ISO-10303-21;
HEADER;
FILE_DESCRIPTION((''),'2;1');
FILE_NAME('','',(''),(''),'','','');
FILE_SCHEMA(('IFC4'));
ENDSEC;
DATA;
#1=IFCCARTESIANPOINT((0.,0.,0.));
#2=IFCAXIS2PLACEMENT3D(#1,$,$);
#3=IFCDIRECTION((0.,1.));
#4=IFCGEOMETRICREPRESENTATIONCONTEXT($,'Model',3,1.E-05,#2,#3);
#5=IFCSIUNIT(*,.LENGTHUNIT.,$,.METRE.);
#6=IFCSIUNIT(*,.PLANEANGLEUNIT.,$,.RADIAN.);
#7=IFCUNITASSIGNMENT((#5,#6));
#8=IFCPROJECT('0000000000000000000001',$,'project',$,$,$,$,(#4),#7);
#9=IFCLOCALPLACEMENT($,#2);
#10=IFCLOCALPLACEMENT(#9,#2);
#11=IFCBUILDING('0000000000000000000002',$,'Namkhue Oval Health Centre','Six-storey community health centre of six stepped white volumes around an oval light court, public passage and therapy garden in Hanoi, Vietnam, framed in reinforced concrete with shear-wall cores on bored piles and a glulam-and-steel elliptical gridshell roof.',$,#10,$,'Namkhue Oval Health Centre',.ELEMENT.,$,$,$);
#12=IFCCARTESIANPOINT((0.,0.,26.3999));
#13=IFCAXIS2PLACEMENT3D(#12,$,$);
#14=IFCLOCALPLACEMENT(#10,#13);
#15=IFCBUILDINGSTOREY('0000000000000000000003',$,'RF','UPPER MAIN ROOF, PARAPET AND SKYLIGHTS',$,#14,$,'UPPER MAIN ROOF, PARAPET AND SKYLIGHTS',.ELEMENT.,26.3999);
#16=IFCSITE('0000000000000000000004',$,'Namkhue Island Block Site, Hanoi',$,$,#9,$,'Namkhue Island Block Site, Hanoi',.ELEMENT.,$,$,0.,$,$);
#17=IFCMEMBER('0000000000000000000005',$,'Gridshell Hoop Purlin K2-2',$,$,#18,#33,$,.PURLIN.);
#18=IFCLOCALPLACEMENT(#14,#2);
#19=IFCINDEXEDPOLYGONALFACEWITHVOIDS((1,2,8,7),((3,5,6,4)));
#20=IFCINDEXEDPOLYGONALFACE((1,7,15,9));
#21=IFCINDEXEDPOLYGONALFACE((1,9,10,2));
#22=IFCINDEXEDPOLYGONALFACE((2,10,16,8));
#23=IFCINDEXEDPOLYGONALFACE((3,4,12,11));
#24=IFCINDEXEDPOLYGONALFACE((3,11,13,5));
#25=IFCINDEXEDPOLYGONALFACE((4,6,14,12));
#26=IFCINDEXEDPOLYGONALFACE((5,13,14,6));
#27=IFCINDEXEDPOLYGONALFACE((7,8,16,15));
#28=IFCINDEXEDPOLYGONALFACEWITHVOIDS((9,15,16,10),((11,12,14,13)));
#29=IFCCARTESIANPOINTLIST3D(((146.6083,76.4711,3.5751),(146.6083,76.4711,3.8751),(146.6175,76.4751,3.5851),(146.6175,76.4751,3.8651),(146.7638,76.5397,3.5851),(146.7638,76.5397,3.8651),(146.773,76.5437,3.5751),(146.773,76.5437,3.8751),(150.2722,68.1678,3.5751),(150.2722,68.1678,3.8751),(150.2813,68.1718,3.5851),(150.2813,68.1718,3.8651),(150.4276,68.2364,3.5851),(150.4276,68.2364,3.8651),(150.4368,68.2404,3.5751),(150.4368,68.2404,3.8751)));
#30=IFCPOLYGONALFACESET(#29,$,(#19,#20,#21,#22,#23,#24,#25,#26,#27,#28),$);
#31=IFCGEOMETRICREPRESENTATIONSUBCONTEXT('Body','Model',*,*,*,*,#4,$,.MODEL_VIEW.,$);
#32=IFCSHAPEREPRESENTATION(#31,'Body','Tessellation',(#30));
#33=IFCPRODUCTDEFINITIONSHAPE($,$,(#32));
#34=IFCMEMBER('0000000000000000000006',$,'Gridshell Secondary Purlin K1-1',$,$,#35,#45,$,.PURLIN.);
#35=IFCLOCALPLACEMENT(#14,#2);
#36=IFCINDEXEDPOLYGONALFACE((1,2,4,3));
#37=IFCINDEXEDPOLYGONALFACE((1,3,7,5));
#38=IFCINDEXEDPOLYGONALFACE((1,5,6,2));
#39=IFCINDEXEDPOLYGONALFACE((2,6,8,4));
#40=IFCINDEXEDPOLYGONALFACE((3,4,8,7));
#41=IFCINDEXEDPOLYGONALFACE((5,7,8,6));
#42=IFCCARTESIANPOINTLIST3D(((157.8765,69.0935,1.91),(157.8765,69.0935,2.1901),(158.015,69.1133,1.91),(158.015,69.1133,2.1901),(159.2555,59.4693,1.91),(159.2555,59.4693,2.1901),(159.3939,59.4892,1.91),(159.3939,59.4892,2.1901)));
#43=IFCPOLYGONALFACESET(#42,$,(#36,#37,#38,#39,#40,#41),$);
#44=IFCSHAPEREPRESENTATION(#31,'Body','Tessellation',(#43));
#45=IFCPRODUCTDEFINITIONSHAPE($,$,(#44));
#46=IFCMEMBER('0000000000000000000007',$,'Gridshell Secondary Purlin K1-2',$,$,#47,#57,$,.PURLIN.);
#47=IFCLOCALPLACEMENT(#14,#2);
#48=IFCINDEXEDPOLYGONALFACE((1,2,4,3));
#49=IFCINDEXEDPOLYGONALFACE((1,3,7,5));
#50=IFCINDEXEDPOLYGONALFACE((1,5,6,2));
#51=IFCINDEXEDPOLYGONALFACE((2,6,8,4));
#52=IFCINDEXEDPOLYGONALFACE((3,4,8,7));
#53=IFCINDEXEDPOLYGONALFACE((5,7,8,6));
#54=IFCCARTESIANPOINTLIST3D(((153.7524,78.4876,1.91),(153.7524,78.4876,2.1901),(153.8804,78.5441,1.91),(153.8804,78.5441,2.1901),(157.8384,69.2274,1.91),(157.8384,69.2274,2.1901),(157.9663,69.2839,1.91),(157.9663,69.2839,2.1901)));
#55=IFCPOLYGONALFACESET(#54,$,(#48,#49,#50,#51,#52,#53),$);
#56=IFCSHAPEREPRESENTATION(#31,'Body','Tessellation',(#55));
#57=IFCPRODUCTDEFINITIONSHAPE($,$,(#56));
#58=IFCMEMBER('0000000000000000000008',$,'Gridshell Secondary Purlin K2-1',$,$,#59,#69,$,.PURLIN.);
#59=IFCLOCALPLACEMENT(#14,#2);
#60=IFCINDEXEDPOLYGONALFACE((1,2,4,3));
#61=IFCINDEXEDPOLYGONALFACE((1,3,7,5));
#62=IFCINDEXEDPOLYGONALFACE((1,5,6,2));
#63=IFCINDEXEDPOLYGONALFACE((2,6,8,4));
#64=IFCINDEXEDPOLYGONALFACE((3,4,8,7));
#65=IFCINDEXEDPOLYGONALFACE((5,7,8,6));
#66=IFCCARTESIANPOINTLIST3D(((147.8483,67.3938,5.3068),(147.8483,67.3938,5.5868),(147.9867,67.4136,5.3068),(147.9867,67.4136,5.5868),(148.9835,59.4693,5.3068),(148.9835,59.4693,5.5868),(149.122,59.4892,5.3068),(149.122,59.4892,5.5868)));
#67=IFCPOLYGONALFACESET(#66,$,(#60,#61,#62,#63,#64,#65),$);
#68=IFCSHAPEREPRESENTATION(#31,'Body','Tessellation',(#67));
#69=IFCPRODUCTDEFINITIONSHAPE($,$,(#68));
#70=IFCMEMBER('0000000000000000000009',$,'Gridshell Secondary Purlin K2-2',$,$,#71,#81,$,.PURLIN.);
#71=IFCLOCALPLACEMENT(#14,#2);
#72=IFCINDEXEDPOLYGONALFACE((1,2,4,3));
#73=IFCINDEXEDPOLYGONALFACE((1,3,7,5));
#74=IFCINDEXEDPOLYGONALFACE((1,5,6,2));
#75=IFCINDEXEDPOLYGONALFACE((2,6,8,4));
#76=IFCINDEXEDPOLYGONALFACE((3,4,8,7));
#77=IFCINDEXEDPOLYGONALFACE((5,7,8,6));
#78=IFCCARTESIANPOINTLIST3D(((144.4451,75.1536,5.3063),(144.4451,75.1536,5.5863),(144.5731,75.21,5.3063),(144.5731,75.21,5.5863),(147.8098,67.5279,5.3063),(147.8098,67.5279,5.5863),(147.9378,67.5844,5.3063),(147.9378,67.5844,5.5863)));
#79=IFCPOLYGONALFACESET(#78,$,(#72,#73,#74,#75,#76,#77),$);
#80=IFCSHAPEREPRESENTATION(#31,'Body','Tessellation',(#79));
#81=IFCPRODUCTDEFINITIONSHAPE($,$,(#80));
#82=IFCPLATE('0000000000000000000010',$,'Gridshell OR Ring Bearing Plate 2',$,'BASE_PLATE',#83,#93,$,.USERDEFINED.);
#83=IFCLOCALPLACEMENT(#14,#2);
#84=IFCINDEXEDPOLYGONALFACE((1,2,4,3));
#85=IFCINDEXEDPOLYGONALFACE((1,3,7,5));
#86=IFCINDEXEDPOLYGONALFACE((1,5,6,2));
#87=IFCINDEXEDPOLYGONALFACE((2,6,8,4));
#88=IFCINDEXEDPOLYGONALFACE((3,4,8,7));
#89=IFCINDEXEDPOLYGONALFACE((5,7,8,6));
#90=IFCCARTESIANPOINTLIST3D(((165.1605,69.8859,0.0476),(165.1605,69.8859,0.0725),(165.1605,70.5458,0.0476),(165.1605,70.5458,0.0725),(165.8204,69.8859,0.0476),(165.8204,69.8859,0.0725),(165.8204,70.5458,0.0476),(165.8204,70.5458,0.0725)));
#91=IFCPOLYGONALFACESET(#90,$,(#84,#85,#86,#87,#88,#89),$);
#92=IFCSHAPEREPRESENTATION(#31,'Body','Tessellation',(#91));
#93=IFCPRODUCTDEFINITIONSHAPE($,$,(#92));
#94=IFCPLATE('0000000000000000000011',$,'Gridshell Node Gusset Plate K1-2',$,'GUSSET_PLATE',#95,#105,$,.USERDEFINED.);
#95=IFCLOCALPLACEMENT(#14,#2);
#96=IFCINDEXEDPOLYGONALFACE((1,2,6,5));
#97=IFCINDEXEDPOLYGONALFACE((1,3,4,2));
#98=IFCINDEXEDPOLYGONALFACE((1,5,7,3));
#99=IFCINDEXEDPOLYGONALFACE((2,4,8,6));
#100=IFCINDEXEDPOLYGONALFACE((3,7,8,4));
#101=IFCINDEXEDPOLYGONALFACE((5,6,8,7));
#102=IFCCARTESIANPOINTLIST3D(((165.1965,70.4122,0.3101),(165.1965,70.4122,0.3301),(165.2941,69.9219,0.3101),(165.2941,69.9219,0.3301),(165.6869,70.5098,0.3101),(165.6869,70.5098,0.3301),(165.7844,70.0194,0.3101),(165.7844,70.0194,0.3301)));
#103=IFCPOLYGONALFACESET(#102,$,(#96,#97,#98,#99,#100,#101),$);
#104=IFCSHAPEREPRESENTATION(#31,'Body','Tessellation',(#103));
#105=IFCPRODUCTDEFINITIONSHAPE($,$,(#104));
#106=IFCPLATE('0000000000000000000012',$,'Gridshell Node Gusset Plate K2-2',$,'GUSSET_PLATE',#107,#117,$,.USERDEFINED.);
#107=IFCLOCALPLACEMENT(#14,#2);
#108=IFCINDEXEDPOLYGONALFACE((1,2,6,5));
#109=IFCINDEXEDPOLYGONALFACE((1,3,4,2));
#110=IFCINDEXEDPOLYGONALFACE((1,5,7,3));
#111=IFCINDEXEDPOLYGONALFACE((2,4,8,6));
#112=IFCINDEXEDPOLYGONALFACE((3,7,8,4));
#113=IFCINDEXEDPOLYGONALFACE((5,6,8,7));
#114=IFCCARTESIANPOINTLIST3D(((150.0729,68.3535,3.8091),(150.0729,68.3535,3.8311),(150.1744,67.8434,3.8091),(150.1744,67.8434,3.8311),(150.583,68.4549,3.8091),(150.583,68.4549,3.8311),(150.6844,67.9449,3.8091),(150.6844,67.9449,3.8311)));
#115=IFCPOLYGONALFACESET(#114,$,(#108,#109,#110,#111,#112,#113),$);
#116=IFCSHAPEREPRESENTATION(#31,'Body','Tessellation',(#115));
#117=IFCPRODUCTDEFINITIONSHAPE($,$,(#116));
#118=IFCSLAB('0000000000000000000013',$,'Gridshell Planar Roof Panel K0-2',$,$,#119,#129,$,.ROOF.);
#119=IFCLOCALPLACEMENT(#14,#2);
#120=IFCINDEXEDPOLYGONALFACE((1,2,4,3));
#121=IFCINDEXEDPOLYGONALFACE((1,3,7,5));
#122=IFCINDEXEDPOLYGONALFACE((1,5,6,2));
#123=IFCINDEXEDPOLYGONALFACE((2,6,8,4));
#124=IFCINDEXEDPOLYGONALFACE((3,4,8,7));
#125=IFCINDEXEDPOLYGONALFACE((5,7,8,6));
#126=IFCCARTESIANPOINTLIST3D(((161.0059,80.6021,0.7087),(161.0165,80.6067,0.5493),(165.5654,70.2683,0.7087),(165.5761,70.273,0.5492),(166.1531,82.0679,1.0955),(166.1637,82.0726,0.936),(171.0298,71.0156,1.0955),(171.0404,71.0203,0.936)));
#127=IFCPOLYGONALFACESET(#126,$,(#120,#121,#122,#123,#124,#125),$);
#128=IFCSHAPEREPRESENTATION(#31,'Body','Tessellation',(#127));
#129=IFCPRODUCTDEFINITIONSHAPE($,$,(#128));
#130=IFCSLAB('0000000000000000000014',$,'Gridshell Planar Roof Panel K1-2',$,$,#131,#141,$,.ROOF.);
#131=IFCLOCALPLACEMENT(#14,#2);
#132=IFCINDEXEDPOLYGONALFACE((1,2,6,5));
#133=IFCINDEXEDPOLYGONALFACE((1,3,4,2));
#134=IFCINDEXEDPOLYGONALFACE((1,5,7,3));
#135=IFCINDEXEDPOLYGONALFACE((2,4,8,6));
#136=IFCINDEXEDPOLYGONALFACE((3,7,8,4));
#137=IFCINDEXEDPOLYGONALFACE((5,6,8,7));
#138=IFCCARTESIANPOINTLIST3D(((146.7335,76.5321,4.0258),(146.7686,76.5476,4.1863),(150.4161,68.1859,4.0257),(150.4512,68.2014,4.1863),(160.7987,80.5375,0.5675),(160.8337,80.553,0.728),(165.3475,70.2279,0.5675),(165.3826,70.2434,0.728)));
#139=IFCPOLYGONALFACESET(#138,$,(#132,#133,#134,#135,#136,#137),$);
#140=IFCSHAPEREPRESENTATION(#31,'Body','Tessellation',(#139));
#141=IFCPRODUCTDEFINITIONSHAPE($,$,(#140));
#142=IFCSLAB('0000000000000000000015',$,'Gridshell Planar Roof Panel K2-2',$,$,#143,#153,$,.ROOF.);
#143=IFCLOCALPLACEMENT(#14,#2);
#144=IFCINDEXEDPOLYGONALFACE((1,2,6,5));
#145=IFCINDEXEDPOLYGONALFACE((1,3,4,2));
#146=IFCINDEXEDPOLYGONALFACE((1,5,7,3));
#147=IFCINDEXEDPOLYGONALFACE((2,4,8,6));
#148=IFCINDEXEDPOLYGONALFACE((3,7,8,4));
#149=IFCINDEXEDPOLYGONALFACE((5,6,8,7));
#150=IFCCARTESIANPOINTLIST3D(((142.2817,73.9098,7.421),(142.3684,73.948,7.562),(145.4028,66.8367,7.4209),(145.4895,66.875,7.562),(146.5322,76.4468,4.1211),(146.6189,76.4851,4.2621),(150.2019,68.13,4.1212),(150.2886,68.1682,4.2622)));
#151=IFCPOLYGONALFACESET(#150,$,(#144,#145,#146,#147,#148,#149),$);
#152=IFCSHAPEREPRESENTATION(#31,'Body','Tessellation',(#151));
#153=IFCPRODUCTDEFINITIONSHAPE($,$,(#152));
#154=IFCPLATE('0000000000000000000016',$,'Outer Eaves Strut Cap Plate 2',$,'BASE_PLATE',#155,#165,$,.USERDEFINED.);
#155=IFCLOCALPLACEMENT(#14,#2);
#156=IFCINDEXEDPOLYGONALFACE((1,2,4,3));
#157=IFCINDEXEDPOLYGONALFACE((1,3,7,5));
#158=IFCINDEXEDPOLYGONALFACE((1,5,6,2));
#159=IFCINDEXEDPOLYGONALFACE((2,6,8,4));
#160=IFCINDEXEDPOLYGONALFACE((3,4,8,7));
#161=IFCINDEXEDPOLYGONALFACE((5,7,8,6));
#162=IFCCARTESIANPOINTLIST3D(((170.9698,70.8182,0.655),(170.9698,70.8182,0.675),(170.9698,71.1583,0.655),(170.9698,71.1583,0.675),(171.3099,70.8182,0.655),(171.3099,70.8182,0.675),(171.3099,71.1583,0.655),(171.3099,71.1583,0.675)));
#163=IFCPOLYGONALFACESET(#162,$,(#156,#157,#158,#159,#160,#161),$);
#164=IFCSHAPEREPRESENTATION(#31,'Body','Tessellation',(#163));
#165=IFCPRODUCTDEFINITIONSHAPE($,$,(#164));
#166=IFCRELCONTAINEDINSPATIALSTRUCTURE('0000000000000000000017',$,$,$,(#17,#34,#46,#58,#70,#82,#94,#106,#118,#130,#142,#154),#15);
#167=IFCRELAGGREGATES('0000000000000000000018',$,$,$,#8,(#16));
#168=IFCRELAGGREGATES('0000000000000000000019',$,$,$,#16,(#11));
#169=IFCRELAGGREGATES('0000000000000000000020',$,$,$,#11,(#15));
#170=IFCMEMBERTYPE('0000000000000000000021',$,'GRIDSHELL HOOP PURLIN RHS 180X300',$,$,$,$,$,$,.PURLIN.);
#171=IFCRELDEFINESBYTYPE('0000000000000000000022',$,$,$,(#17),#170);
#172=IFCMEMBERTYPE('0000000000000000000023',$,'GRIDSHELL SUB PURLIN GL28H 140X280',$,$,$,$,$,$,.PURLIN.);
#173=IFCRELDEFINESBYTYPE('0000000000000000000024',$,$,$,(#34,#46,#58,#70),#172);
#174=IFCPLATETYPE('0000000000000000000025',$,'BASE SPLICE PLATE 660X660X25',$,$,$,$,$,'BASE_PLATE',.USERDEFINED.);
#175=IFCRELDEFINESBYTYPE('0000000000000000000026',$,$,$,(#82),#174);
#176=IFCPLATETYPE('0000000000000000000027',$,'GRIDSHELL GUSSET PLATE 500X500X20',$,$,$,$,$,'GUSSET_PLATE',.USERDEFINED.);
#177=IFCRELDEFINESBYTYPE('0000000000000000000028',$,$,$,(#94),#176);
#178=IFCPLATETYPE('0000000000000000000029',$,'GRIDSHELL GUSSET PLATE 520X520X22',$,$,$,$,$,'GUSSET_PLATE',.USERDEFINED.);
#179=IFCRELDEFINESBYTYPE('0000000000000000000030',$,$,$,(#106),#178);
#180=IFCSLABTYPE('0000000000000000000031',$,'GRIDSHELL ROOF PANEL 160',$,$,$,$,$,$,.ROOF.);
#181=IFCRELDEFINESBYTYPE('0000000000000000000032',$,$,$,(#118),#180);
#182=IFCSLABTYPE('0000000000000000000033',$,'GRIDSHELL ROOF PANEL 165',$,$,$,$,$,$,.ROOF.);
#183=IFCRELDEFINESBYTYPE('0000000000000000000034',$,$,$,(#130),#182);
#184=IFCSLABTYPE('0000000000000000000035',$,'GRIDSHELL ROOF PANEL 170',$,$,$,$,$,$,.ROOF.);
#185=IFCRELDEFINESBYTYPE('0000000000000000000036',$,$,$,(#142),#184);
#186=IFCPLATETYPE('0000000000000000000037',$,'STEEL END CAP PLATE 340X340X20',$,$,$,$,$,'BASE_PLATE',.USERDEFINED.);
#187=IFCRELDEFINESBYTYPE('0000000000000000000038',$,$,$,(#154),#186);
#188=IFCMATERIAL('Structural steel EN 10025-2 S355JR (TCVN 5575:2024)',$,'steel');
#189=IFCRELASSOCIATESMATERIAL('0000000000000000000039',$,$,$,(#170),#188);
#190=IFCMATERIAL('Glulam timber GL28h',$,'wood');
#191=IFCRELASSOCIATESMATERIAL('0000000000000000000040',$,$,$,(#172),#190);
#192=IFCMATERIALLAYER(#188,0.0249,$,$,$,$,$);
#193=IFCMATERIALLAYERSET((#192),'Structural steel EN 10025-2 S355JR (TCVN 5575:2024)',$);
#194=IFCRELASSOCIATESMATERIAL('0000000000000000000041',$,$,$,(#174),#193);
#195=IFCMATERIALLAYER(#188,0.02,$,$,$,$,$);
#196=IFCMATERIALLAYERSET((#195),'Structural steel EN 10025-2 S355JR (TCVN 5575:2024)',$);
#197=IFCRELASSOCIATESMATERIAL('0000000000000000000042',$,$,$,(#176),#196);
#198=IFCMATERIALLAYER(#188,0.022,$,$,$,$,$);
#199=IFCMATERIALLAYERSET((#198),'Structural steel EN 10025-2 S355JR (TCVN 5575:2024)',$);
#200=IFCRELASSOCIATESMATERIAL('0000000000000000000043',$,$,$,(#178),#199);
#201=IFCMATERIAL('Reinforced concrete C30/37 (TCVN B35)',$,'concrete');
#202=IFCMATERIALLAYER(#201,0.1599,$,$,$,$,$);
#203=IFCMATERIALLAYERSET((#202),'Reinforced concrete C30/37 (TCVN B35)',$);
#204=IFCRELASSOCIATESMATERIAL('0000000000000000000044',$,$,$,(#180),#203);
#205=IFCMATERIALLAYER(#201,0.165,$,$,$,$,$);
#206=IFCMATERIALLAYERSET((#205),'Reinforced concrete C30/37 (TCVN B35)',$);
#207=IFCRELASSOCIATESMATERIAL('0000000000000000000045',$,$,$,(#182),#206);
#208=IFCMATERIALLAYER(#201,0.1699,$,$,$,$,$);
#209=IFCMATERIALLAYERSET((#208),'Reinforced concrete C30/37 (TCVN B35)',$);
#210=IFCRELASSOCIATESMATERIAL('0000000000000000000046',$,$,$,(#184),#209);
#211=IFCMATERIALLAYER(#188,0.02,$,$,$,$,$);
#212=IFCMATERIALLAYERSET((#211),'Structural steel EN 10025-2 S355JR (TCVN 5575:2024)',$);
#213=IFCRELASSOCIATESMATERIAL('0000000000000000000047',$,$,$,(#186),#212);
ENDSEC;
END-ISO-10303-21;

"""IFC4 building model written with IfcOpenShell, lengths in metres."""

from ifc_helpers import new_model, si_unit, direction, frame, origin, origin_2d, place, context, subcontext, project, spatial, polyline, rectangle, hollow_rectangle, outline, extrude, material, layer, layer_set, material_profile, profile_set, type_object, element, save


model = new_model("IFC4")

# Units and contexts
model_context = context("Model", 3, precision=1e-05, world=origin(), true_north=direction((0.0, 1.0)))
body_context = subcontext(model_context, "Body", "Model", "MODEL_VIEW")
ifc_project = project(units=[si_unit("LENGTHUNIT", "METRE"), si_unit("PLANEANGLEUNIT", "RADIAN")], contexts=[model_context])

# Site, building, storey
site_placement = place(None, origin())
site = spatial("IfcSite", under=ifc_project, at=site_placement, Name="Namkhue Island Block Site, Hanoi", LongName="Namkhue Island Block Site, Hanoi", CompositionType="ELEMENT", RefElevation=0.0)
building_placement = place(site_placement, origin())
building = spatial("IfcBuilding", under=site, at=building_placement, Name="Namkhue Oval Health Centre", Description="Six-storey community health centre of six stepped white volumes around an oval light court, public passage and therapy garden in Hanoi, Vietnam, framed in reinforced concrete with shear-wall cores on bored piles and a glulam-and-steel elliptical gridshell roof.", LongName="Namkhue Oval Health Centre", CompositionType="ELEMENT")
storey_placement = place(building_placement, frame((0.0, 0.0, 26.3999)))
storey = spatial("IfcBuildingStorey", under=building, at=storey_placement, Name="RF", Description="UPPER MAIN ROOF, PARAPET AND SKYLIGHTS", LongName="UPPER MAIN ROOF, PARAPET AND SKYLIGHTS", CompositionType="ELEMENT", Elevation=26.3999)

# Members
ifc_material_1 = material(Name="Structural steel EN 10025-2 S355JR (TCVN 5575:2024)", Category="steel")
ifc_material_2 = material(Name="Glulam timber GL28h", Category="wood")
ifc_material_profile_1 = material_profile(ifc_material_1, hollow_rectangle(XDim=0.1799, YDim=0.3, WallThickness=0.01, at=origin_2d()), Name="RHS 180x300x10")
ifc_profile_set_1 = profile_set([ifc_material_profile_1], Name="Structural steel EN 10025-2 S355JR (TCVN 5575:2024)")
member_type_1 = type_object("IfcMemberType", Name="GRIDSHELL HOOP PURLIN RHS 180X300", PredefinedType="PURLIN", material=ifc_profile_set_1)
member_1_placement = place(storey_placement, frame((150.3545, 68.2041, 3.7251), z_axis=(-0.403698, 0.914892, 0.0), x_axis=(-0.914892, -0.403698, 0.0)))
element("IfcMember", 1, at=member_1_placement, inside=storey, type_object=member_type_1, Name="Gridshell Hoop Purlin K2-2", PredefinedType="PURLIN", context=body_context, shape_type="SweptSolid", body=[
    extrude(hollow_rectangle(XDim=0.1799, YDim=0.3, WallThickness=0.01, at=origin_2d()), origin(), (0.0, 0.0, 1.0), 9.0757),
])
ifc_material_profile_2 = material_profile(ifc_material_2, rectangle(XDim=0.1399, YDim=0.28, at=origin_2d()), Name="GL28h 140x280")
ifc_profile_set_2 = profile_set([ifc_material_profile_2], Name="Glulam timber GL28h")
member_type_2 = type_object("IfcMemberType", Name="GRIDSHELL SUB PURLIN GL28H 140X280", PredefinedType="PURLIN", material=ifc_profile_set_2)
member_2_placement = place(storey_placement, frame((159.3247, 59.4792, 2.05), z_axis=(-0.141829, 0.989891, 0.0), x_axis=(-0.989891, -0.141829, 0.0)))
element("IfcMember", 2, at=member_2_placement, inside=storey, type_object=member_type_2, Name="Gridshell Secondary Purlin K1-1", PredefinedType="PURLIN", context=body_context, shape_type="SweptSolid", body=[
    extrude(rectangle(XDim=0.1399, YDim=0.28, at=origin_2d()), origin(), (0.0, 0.0, 1.0), 9.7224),
])
member_3_placement = place(storey_placement, frame((157.9023, 69.2556, 2.05), z_axis=(-0.403684, 0.914898, 0.0), x_axis=(-0.914898, -0.403684, 0.0)))
element("IfcMember", 3, at=member_3_placement, inside=storey, type_object=member_type_2, Name="Gridshell Secondary Purlin K1-2", PredefinedType="PURLIN", context=body_context, shape_type="SweptSolid", body=[
    extrude(rectangle(XDim=0.1399, YDim=0.28, at=origin_2d()), origin(), (0.0, 0.0, 1.0), 10.1216),
])
member_4_placement = place(storey_placement, frame((149.0527, 59.4792, 5.4468), z_axis=(-0.14181, 0.989894, 0.0), x_axis=(-0.989894, -0.14181, 0.0)))
element("IfcMember", 4, at=member_4_placement, inside=storey, type_object=member_type_2, Name="Gridshell Secondary Purlin K2-1", PredefinedType="PURLIN", context=body_context, shape_type="SweptSolid", body=[
    extrude(rectangle(XDim=0.1399, YDim=0.28, at=origin_2d()), origin(), (0.0, 0.0, 1.0), 8.0054),
])
member_5_placement = place(storey_placement, frame((147.8738, 67.5562, 5.4463), z_axis=(-0.403686, 0.914898, 0.0), x_axis=(-0.914898, -0.403686, 0.0)))
element("IfcMember", 5, at=member_5_placement, inside=storey, type_object=member_type_2, Name="Gridshell Secondary Purlin K2-2", PredefinedType="PURLIN", context=body_context, shape_type="SweptSolid", body=[
    extrude(rectangle(XDim=0.1399, YDim=0.28, at=origin_2d()), origin(), (0.0, 0.0, 1.0), 8.335),
])

# Plates
ifc_layer_1 = layer(ifc_material_1, 0.0249)
ifc_layer_set_1 = layer_set([ifc_layer_1], Name="Structural steel EN 10025-2 S355JR (TCVN 5575:2024)")
plate_type_1 = type_object("IfcPlateType", Name="BASE SPLICE PLATE 660X660X25", ElementType="BASE_PLATE", PredefinedType="USERDEFINED", material=ifc_layer_set_1)
plate_1_placement = place(storey_placement, frame((165.4905, 70.2158, 0.0476), z_axis=(0.0, 0.0, 1.0), x_axis=(1.0, 0.0, 0.0)))
element("IfcPlate", 6, at=plate_1_placement, inside=storey, type_object=plate_type_1, Name="Gridshell OR Ring Bearing Plate 2", ObjectType="BASE_PLATE", PredefinedType="USERDEFINED", context=body_context, shape_type="SweptSolid", body=[
    extrude(rectangle(XDim=0.6599, YDim=0.6599, at=origin_2d()), origin(), (0.0, 0.0, 1.0), 0.0249),
])
ifc_layer_2 = layer(ifc_material_1, 0.02)
ifc_layer_set_2 = layer_set([ifc_layer_2], Name="Structural steel EN 10025-2 S355JR (TCVN 5575:2024)")
plate_type_2 = type_object("IfcPlateType", Name="GRIDSHELL GUSSET PLATE 500X500X20", ElementType="GUSSET_PLATE", PredefinedType="USERDEFINED", material=ifc_layer_set_2)
plate_2_placement = place(storey_placement, frame((165.4905, 70.2158, 0.3101), z_axis=(0.0, 0.0, 1.0), x_axis=(0.980785, 0.19509, 0.0)))
element("IfcPlate", 7, at=plate_2_placement, inside=storey, type_object=plate_type_2, Name="Gridshell Node Gusset Plate K1-2", ObjectType="GUSSET_PLATE", PredefinedType="USERDEFINED", context=body_context, shape_type="SweptSolid", body=[
    extrude(rectangle(XDim=0.5, YDim=0.5, at=origin_2d()), origin(), (0.0, 0.0, 1.0), 0.02),
])
ifc_layer_3 = layer(ifc_material_1, 0.022)
ifc_layer_set_3 = layer_set([ifc_layer_3], Name="Structural steel EN 10025-2 S355JR (TCVN 5575:2024)")
plate_type_3 = type_object("IfcPlateType", Name="GRIDSHELL GUSSET PLATE 520X520X22", ElementType="GUSSET_PLATE", PredefinedType="USERDEFINED", material=ifc_layer_set_3)
plate_3_placement = place(storey_placement, frame((150.3787, 68.1492, 3.8091), z_axis=(0.0, 0.0, 1.0), x_axis=(0.980785, 0.19509, 0.0)))
element("IfcPlate", 8, at=plate_3_placement, inside=storey, type_object=plate_type_3, Name="Gridshell Node Gusset Plate K2-2", ObjectType="GUSSET_PLATE", PredefinedType="USERDEFINED", context=body_context, shape_type="SweptSolid", body=[
    extrude(rectangle(XDim=0.52, YDim=0.52, at=origin_2d()), origin(), (0.0, 0.0, 1.0), 0.022),
])

# Slabs
ifc_material_3 = material(Name="Reinforced concrete C30/37 (TCVN B35)", Category="concrete")
ifc_layer_4 = layer(ifc_material_3, 0.1599)
ifc_layer_set_4 = layer_set([ifc_layer_4], Name="Reinforced concrete C30/37 (TCVN B35)")
slab_type_1 = type_object("IfcSlabType", Name="GRIDSHELL ROOF PANEL 160", PredefinedType="ROOF", material=ifc_layer_set_4)
slab_1_placement = place(storey_placement, frame((171.0298, 71.0156, 1.0955), z_axis=(-0.066567, -0.029372, 0.99735), x_axis=(-0.40369, 0.914896, 0.0)))
element("IfcSlab", 9, at=slab_1_placement, inside=storey, type_object=slab_type_1, Name="Gridshell Planar Roof Panel K0-2", PredefinedType="ROOF", context=body_context, shape_type="SweptSolid", body=[
    extrude(outline(polyline([(0.0, 0.0), (12.0803, 0.0), (12.8171, 5.315), (1.5222, 5.3151), (0.0, 0.0)])), origin(), (0.0, 0.0, -1.0), 0.1599),
])
ifc_layer_5 = layer(ifc_material_3, 0.165)
ifc_layer_set_5 = layer_set([ifc_layer_5], Name="Reinforced concrete C30/37 (TCVN B35)")
slab_type_2 = type_object("IfcSlabType", Name="GRIDSHELL ROOF PANEL 165", PredefinedType="ROOF", material=ifc_layer_set_5)
slab_2_placement = place(storey_placement, frame((165.3826, 70.2434, 0.728), z_axis=(0.212457, 0.093742, 0.972663), x_axis=(-0.403677, 0.914902, -0.000001)))
element("IfcSlab", 10, at=slab_2_placement, inside=storey, type_object=slab_type_2, Name="Gridshell Planar Roof Panel K1-2", PredefinedType="ROOF", context=body_context, shape_type="SweptSolid", body=[
    extrude(outline(polyline([(0.0, 0.0), (11.2685, 0.0), (13.2818, 14.8922), (4.1592, 14.8922), (0.0, 0.0)])), origin(), (0.0, 0.0, -1.0), 0.165),
])
ifc_layer_6 = layer(ifc_material_3, 0.1699)
ifc_layer_set_6 = layer_set([ifc_layer_6], Name="Reinforced concrete C30/37 (TCVN B35)")
slab_type_3 = type_object("IfcSlabType", Name="GRIDSHELL ROOF PANEL 170", PredefinedType="ROOF", material=ifc_layer_set_6)
slab_3_placement = place(storey_placement, frame((150.2886, 68.1682, 4.2622), z_axis=(0.510119, 0.22509, 0.830128), x_axis=(-0.403687, 0.914897, -0.000007)))
element("IfcSlab", 11, at=slab_3_placement, inside=storey, type_object=slab_type_3, Name="Gridshell Planar Roof Panel K2-2", PredefinedType="ROOF", context=body_context, shape_type="SweptSolid", body=[
    extrude(outline(polyline([(0.0, 0.0), (9.0905, 0.0), (8.4852, 5.9183), (0.7541, 5.9181), (0.0, 0.0)])), origin(), (0.0, 0.0, -1.0), 0.1699),
])

# Plate
ifc_layer_7 = layer(ifc_material_1, 0.02)
ifc_layer_set_7 = layer_set([ifc_layer_7], Name="Structural steel EN 10025-2 S355JR (TCVN 5575:2024)")
plate_type_4 = type_object("IfcPlateType", Name="STEEL END CAP PLATE 340X340X20", ElementType="BASE_PLATE", PredefinedType="USERDEFINED", material=ifc_layer_set_7)
plate_4_placement = place(storey_placement, frame((171.1399, 70.9883, 0.655), z_axis=(0.0, 0.0, 1.0), x_axis=(1.0, 0.0, 0.0)))
element("IfcPlate", 12, at=plate_4_placement, inside=storey, type_object=plate_type_4, Name="Outer Eaves Strut Cap Plate 2", ObjectType="BASE_PLATE", PredefinedType="USERDEFINED", context=body_context, shape_type="SweptSolid", body=[
    extrude(rectangle(XDim=0.3401, YDim=0.3401, at=origin_2d()), origin(), (0.0, 0.0, 1.0), 0.02),
])

save(model, "model.ifc")
